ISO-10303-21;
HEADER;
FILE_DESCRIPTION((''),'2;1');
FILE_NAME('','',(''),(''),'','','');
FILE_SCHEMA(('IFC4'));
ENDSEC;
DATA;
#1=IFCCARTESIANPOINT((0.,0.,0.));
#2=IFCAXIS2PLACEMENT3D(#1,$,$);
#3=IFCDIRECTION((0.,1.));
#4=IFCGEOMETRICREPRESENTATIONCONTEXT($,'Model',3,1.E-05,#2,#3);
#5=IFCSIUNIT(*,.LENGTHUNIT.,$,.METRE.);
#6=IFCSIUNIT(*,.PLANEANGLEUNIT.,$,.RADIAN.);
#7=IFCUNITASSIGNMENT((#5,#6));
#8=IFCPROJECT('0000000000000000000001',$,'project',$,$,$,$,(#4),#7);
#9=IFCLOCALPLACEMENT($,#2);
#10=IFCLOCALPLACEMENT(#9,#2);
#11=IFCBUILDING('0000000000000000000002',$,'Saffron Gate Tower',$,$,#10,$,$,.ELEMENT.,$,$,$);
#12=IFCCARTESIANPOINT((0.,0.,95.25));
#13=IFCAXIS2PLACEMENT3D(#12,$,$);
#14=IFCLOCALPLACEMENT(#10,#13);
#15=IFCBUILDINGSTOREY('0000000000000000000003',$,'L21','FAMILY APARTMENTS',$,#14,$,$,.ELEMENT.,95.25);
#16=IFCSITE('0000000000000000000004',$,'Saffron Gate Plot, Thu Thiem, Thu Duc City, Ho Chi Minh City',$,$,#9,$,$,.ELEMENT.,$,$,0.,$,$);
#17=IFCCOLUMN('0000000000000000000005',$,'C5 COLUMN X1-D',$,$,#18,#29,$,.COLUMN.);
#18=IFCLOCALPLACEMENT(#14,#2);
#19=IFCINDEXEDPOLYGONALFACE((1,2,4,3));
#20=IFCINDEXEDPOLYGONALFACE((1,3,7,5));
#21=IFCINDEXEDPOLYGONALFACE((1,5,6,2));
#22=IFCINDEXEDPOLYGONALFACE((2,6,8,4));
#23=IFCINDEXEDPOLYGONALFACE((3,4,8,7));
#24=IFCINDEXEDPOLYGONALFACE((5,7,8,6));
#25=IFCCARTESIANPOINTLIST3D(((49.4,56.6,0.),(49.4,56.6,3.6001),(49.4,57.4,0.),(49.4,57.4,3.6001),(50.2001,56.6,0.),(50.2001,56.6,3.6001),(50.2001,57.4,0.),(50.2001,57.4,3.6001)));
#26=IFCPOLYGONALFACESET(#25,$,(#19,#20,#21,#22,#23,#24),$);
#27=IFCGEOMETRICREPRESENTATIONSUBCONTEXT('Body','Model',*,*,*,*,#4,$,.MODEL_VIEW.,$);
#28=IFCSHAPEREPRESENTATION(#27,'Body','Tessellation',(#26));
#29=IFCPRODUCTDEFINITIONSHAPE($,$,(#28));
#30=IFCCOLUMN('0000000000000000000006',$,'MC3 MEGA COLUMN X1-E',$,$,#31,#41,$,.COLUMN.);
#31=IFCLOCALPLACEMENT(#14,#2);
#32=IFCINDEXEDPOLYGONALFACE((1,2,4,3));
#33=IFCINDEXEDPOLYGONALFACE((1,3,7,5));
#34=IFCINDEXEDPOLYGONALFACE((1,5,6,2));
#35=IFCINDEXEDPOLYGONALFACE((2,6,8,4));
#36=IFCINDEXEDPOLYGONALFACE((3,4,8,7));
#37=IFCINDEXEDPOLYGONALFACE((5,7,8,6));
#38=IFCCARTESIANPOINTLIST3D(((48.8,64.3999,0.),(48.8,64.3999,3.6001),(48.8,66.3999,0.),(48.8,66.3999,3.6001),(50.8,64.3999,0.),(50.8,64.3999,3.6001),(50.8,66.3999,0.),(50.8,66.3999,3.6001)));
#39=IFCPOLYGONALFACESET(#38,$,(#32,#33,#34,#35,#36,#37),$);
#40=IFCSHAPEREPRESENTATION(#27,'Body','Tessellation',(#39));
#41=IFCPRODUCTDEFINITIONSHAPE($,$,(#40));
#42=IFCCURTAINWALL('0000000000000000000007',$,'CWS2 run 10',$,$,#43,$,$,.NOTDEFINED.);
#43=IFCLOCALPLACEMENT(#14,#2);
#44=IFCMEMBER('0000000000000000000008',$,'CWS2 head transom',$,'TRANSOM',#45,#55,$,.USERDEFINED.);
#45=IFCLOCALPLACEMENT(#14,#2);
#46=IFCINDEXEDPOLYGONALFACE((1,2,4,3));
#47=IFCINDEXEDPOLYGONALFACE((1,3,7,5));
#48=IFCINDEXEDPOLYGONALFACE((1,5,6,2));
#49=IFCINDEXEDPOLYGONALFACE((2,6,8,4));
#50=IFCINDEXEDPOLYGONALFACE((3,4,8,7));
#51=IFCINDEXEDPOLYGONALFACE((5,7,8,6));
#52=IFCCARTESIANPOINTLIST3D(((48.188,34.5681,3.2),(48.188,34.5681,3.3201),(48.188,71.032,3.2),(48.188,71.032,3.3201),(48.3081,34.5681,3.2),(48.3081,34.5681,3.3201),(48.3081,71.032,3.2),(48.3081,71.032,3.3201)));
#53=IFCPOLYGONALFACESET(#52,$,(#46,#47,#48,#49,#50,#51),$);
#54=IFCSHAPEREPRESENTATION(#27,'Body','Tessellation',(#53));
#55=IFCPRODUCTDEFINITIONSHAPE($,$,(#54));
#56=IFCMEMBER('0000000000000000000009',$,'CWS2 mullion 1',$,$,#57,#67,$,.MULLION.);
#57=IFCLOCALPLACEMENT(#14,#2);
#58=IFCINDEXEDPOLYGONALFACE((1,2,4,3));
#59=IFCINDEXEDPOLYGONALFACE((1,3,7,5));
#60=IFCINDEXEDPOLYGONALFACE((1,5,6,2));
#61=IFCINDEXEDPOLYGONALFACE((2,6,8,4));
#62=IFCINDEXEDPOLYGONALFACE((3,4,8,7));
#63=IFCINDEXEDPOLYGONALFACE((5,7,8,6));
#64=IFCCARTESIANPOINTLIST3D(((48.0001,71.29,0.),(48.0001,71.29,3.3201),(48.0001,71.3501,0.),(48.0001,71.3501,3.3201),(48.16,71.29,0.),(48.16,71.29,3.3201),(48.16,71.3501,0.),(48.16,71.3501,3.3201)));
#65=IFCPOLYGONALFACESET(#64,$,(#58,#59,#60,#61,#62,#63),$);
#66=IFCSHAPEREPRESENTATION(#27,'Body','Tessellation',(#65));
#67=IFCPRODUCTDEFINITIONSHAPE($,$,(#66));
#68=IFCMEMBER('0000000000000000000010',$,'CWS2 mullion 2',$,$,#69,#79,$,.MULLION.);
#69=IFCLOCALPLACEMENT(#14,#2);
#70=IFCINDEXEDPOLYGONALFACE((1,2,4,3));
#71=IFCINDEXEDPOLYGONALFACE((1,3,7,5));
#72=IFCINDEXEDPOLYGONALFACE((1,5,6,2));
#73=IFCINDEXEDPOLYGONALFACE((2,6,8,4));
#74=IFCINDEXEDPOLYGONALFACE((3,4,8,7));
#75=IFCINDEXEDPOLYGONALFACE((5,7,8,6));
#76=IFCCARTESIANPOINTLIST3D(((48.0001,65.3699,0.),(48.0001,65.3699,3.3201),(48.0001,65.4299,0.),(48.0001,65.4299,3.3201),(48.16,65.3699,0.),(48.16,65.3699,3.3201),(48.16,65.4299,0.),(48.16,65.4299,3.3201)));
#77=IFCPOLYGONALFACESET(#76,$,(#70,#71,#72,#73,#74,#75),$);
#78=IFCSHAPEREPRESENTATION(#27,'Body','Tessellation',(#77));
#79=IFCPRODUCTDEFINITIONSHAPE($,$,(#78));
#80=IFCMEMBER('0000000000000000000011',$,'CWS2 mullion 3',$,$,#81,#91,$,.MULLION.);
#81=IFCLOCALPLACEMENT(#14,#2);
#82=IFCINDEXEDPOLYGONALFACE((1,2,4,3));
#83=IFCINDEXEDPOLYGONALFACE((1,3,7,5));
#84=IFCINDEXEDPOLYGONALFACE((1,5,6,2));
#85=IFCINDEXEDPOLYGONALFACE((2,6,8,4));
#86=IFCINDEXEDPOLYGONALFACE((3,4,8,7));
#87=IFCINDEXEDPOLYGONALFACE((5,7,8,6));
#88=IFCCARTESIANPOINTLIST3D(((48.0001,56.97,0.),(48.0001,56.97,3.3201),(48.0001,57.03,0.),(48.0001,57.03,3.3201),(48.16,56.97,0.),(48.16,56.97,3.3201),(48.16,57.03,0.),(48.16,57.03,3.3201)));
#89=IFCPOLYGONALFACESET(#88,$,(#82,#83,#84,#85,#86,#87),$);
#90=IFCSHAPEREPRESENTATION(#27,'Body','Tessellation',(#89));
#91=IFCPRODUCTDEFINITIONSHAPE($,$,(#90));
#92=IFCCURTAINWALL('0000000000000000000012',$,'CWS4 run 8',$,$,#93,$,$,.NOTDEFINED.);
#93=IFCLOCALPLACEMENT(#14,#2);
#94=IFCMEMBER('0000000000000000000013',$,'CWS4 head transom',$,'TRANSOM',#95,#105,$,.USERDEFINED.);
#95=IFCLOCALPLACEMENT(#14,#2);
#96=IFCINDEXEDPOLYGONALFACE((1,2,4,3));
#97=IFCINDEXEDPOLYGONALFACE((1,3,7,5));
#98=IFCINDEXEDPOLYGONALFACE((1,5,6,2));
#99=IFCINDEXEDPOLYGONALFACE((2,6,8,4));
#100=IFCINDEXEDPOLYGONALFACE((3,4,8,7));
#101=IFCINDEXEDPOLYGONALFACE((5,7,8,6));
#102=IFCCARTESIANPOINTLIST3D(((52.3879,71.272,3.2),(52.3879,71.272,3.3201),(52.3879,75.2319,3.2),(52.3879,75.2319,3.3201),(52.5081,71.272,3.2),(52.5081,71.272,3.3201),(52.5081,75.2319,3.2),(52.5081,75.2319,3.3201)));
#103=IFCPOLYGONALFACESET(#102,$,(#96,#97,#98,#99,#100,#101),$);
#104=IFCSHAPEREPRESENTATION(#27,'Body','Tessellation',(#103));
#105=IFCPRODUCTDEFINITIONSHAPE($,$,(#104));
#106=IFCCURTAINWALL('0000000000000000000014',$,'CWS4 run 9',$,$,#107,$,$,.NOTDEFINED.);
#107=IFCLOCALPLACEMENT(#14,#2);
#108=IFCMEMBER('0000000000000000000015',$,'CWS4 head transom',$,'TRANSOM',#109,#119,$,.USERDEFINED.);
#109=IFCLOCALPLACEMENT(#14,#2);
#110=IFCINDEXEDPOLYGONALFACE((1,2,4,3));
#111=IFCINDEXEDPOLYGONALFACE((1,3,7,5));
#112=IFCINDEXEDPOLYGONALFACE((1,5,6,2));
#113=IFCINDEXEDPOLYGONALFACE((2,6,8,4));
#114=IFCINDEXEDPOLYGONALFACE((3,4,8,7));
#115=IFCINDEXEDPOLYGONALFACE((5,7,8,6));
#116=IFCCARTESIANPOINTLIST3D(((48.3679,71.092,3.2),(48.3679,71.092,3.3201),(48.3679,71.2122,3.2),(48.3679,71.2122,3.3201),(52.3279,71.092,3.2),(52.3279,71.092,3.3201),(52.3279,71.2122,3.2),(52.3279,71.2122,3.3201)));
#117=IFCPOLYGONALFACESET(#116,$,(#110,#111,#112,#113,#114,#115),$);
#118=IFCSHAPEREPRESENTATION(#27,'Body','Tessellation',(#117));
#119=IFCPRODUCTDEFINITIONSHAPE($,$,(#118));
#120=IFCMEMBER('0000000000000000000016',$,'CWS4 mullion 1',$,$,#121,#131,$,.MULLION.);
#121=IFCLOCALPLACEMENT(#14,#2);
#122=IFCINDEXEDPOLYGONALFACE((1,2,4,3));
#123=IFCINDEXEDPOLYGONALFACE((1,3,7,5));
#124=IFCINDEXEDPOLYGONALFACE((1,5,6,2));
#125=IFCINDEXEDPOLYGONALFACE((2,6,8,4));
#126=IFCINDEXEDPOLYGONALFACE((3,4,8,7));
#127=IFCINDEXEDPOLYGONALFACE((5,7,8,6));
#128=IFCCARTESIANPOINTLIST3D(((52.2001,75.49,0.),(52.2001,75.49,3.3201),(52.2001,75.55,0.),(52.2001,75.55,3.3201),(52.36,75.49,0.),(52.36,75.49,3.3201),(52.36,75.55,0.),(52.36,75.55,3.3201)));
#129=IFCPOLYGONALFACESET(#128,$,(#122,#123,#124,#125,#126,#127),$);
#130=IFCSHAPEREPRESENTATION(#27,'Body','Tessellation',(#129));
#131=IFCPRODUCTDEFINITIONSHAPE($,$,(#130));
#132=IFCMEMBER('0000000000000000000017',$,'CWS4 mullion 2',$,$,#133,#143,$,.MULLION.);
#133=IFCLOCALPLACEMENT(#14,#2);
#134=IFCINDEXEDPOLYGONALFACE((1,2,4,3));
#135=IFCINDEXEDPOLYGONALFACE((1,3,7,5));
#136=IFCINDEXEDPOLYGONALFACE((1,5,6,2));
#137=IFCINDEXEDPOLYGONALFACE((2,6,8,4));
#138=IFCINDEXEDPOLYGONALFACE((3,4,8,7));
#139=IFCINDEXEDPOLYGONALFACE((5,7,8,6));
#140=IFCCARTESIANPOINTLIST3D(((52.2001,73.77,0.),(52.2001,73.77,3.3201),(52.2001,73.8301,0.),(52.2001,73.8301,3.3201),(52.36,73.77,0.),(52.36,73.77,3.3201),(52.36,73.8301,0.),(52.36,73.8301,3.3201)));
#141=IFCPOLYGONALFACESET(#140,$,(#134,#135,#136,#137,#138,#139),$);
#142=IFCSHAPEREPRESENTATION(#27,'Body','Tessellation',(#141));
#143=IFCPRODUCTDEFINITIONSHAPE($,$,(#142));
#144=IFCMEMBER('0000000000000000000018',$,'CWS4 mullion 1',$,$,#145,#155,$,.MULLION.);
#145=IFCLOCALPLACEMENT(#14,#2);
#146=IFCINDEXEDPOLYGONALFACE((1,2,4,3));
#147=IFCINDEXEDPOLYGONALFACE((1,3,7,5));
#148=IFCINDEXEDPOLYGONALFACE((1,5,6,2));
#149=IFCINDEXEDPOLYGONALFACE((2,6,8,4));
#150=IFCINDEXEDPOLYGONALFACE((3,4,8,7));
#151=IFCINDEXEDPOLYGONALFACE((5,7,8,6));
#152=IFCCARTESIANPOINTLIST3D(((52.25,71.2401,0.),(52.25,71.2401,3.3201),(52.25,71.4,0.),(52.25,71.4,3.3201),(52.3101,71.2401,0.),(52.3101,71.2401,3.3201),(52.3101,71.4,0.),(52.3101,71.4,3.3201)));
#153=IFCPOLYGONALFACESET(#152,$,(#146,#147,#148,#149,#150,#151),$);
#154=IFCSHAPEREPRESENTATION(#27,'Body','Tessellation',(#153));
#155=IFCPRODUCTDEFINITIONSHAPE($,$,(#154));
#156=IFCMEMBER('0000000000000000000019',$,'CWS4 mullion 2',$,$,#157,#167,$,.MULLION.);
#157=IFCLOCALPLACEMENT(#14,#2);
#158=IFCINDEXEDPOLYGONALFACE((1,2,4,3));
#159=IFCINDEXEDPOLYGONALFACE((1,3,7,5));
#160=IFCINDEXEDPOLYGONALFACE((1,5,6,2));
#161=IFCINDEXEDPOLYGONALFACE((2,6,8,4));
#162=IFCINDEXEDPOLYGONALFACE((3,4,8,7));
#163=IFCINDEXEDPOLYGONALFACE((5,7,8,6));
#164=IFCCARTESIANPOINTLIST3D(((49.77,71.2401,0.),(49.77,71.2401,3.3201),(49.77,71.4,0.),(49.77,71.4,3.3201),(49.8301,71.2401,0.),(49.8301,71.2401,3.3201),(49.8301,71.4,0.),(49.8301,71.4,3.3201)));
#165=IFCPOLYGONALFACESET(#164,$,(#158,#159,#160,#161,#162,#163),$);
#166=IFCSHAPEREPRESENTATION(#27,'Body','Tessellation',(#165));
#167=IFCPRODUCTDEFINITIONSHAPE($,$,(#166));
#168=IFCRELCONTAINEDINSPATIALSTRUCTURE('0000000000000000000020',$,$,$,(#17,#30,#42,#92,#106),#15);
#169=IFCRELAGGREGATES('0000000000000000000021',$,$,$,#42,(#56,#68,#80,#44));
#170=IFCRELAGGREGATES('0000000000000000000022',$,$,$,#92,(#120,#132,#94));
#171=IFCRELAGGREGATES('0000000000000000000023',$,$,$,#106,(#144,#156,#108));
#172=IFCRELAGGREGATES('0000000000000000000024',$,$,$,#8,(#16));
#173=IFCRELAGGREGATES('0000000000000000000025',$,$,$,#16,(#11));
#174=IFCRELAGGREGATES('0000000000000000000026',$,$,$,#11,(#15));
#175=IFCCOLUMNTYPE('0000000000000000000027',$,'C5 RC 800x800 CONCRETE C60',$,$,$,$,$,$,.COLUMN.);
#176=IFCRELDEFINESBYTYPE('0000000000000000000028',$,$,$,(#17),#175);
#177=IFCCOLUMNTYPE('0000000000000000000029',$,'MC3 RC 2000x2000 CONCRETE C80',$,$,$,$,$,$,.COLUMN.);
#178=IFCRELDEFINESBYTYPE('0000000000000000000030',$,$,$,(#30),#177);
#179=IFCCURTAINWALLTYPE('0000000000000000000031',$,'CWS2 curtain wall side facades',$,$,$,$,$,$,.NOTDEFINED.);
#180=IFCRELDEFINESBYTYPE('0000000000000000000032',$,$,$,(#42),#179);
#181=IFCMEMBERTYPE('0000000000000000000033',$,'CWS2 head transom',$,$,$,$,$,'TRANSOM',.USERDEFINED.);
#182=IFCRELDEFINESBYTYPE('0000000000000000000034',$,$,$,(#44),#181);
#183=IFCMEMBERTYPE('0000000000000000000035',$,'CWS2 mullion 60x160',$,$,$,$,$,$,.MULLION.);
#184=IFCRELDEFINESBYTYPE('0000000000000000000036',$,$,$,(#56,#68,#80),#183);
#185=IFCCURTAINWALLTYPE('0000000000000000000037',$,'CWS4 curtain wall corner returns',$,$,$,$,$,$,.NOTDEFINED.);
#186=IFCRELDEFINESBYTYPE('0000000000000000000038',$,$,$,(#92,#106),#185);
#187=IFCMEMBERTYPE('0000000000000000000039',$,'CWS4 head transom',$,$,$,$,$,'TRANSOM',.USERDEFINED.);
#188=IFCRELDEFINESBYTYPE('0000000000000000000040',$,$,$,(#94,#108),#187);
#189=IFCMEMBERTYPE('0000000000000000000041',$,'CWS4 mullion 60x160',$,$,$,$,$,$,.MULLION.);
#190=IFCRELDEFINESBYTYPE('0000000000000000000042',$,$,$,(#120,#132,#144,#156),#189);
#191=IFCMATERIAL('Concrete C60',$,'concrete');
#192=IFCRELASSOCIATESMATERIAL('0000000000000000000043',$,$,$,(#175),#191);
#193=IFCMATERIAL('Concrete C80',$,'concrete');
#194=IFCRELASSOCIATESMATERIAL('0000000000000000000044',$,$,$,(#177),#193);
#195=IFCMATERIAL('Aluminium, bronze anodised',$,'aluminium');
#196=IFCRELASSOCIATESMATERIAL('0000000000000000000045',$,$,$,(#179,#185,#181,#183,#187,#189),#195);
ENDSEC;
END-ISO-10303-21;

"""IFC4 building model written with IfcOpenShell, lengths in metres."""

from ifc_helpers import new_model, si_unit, direction, frame, origin, origin_2d, place, context, subcontext, project, spatial, rectangle, extrude, material, material_profile, profile_set, type_object, element, aggregate, save


model = new_model("IFC4")

# Units and contexts
model_context = context("Model", 3, precision=1e-05, world=origin(), true_north=direction((0.0, 1.0)))
body_context = subcontext(model_context, "Body", "Model", "MODEL_VIEW")
ifc_project = project(units=[si_unit("LENGTHUNIT", "METRE"), si_unit("PLANEANGLEUNIT", "RADIAN")], contexts=[model_context])

# Site, building, storey
site_placement = place(None, origin())
site = spatial("IfcSite", under=ifc_project, at=site_placement, Name="Saffron Gate Plot, Thu Thiem, Thu Duc City, Ho Chi Minh City", CompositionType="ELEMENT", RefElevation=0.0)
building_placement = place(site_placement, origin())
building = spatial("IfcBuilding", under=site, at=building_placement, Name="Saffron Gate Tower", CompositionType="ELEMENT")
storey_placement = place(building_placement, frame((0.0, 0.0, 95.25)))
storey = spatial("IfcBuildingStorey", under=building, at=storey_placement, Name="L21", Description="FAMILY APARTMENTS", CompositionType="ELEMENT", Elevation=95.25)

# Columns
ifc_material_1 = material(Name="Concrete C60", Category="concrete")
ifc_material_profile_1 = material_profile(ifc_material_1, rectangle(XDim=0.8, YDim=0.8, at=origin_2d()))
ifc_profile_set_1 = profile_set([ifc_material_profile_1], Name="Concrete C60")
column_type_1 = type_object("IfcColumnType", Name="C5 RC 800x800 CONCRETE C60", PredefinedType="COLUMN", material=ifc_profile_set_1)
column_1_placement = place(storey_placement, frame((49.8, 57.0, 0.0), z_axis=(0.0, 0.0, 1.0), x_axis=(1.0, 0.0, 0.0)))
element("IfcColumn", 1, at=column_1_placement, inside=storey, type_object=column_type_1, Name="C5 COLUMN X1-D", PredefinedType="COLUMN", context=body_context, shape_type="SweptSolid", body=[
    extrude(rectangle(XDim=0.8, YDim=0.8, at=origin_2d()), origin(), (0.0, 0.0, 1.0), 3.6001),
])
ifc_material_2 = material(Name="Concrete C80", Category="concrete")
ifc_material_profile_2 = material_profile(ifc_material_2, rectangle(XDim=2.0, YDim=2.0, at=origin_2d()))
ifc_profile_set_2 = profile_set([ifc_material_profile_2], Name="Concrete C80")
column_type_2 = type_object("IfcColumnType", Name="MC3 RC 2000x2000 CONCRETE C80", PredefinedType="COLUMN", material=ifc_profile_set_2)
column_2_placement = place(storey_placement, frame((49.8, 65.3999, 0.0), z_axis=(0.0, 0.0, 1.0), x_axis=(1.0, 0.0, 0.0)))
element("IfcColumn", 2, at=column_2_placement, inside=storey, type_object=column_type_2, Name="MC3 MEGA COLUMN X1-E", PredefinedType="COLUMN", context=body_context, shape_type="SweptSolid", body=[
    extrude(rectangle(XDim=2.0, YDim=2.0, at=origin_2d()), origin(), (0.0, 0.0, 1.0), 3.6001),
])

# Curtain wall, members
ifc_material_3 = material(Name="Aluminium, bronze anodised", Category="aluminium")
curtain_wall_type_1 = type_object("IfcCurtainWallType", Name="CWS2 curtain wall side facades", PredefinedType="NOTDEFINED", material=ifc_material_3)
curtain_wall_1_placement = place(storey_placement, origin())
curtain_wall_1 = element("IfcCurtainWall", 3, at=curtain_wall_1_placement, inside=storey, type_object=curtain_wall_type_1, Name="CWS2 run 10", PredefinedType="NOTDEFINED")
ifc_material_profile_3 = material_profile(ifc_material_3, rectangle(XDim=0.1201, YDim=0.1201, at=origin_2d()))
ifc_profile_set_3 = profile_set([ifc_material_profile_3], Name="Aluminium, bronze anodised")
member_type_1 = type_object("IfcMemberType", Name="CWS2 head transom", ElementType="TRANSOM", PredefinedType="USERDEFINED", material=ifc_profile_set_3)
member_1_placement = place(storey_placement, frame((48.248, 71.032, 3.26), z_axis=(0.0, -1.0, 0.0), x_axis=(1.0, 0.0, 0.0)))
member_1 = element("IfcMember", 4, at=member_1_placement, type_object=member_type_1, Name="CWS2 head transom", ObjectType="TRANSOM", PredefinedType="USERDEFINED", context=body_context, shape_type="SweptSolid", body=[
    extrude(rectangle(XDim=0.1201, YDim=0.1201, at=origin_2d()), origin(), (0.0, 0.0, 1.0), 36.4639),
])
ifc_material_profile_4 = material_profile(ifc_material_3, rectangle(XDim=0.1599, YDim=0.0601, at=origin_2d()))
ifc_profile_set_4 = profile_set([ifc_material_profile_4], Name="Aluminium, bronze anodised")
member_type_2 = type_object("IfcMemberType", Name="CWS2 mullion 60x160", PredefinedType="MULLION", material=ifc_profile_set_4)
member_2_placement = place(storey_placement, frame((48.0801, 71.3201, 0.0), z_axis=(0.0, 0.0, 1.0), x_axis=(1.0, 0.0, 0.0)))
member_2 = element("IfcMember", 5, at=member_2_placement, type_object=member_type_2, Name="CWS2 mullion 1", PredefinedType="MULLION", context=body_context, shape_type="SweptSolid", body=[
    extrude(rectangle(XDim=0.1599, YDim=0.0601, at=origin_2d()), origin(), (0.0, 0.0, 1.0), 3.3201),
])
member_3_placement = place(storey_placement, frame((48.0801, 65.3999, 0.0), z_axis=(0.0, 0.0, 1.0), x_axis=(1.0, 0.0, 0.0)))
member_3 = element("IfcMember", 6, at=member_3_placement, type_object=member_type_2, Name="CWS2 mullion 2", PredefinedType="MULLION", context=body_context, shape_type="SweptSolid", body=[
    extrude(rectangle(XDim=0.1599, YDim=0.0601, at=origin_2d()), origin(), (0.0, 0.0, 1.0), 3.3201),
])
member_4_placement = place(storey_placement, frame((48.0801, 57.0, 0.0), z_axis=(0.0, 0.0, 1.0), x_axis=(1.0, 0.0, 0.0)))
member_4 = element("IfcMember", 7, at=member_4_placement, type_object=member_type_2, Name="CWS2 mullion 3", PredefinedType="MULLION", context=body_context, shape_type="SweptSolid", body=[
    extrude(rectangle(XDim=0.1599, YDim=0.0601, at=origin_2d()), origin(), (0.0, 0.0, 1.0), 3.3201),
])

# Curtain walls, members
curtain_wall_type_2 = type_object("IfcCurtainWallType", Name="CWS4 curtain wall corner returns", PredefinedType="NOTDEFINED", material=ifc_material_3)
curtain_wall_2_placement = place(storey_placement, origin())
curtain_wall_2 = element("IfcCurtainWall", 8, at=curtain_wall_2_placement, inside=storey, type_object=curtain_wall_type_2, Name="CWS4 run 8", PredefinedType="NOTDEFINED")
ifc_material_profile_5 = material_profile(ifc_material_3, rectangle(XDim=0.1201, YDim=0.1201, at=origin_2d()))
ifc_profile_set_5 = profile_set([ifc_material_profile_5], Name="Aluminium, bronze anodised")
member_type_3 = type_object("IfcMemberType", Name="CWS4 head transom", ElementType="TRANSOM", PredefinedType="USERDEFINED", material=ifc_profile_set_5)
member_5_placement = place(storey_placement, frame((52.448, 75.2319, 3.26), z_axis=(0.0, -1.0, 0.0), x_axis=(1.0, 0.0, 0.0)))
member_5 = element("IfcMember", 9, at=member_5_placement, type_object=member_type_3, Name="CWS4 head transom", ObjectType="TRANSOM", PredefinedType="USERDEFINED", context=body_context, shape_type="SweptSolid", body=[
    extrude(rectangle(XDim=0.1201, YDim=0.1201, at=origin_2d()), origin(), (0.0, 0.0, 1.0), 3.96),
])
curtain_wall_3_placement = place(storey_placement, origin())
curtain_wall_3 = element("IfcCurtainWall", 10, at=curtain_wall_3_placement, inside=storey, type_object=curtain_wall_type_2, Name="CWS4 run 9", PredefinedType="NOTDEFINED")
member_6_placement = place(storey_placement, frame((52.3279, 71.1521, 3.26), z_axis=(-1.0, 0.0, 0.0), x_axis=(0.0, -1.0, 0.0)))
member_6 = element("IfcMember", 11, at=member_6_placement, type_object=member_type_3, Name="CWS4 head transom", ObjectType="TRANSOM", PredefinedType="USERDEFINED", context=body_context, shape_type="SweptSolid", body=[
    extrude(rectangle(XDim=0.1201, YDim=0.1201, at=origin_2d()), origin(), (0.0, 0.0, 1.0), 3.96),
])

# Members
ifc_material_profile_6 = material_profile(ifc_material_3, rectangle(XDim=0.1599, YDim=0.0601, at=origin_2d()))
ifc_profile_set_6 = profile_set([ifc_material_profile_6], Name="Aluminium, bronze anodised")
member_type_4 = type_object("IfcMemberType", Name="CWS4 mullion 60x160", PredefinedType="MULLION", material=ifc_profile_set_6)
member_7_placement = place(storey_placement, frame((52.28, 75.52, 0.0), z_axis=(0.0, 0.0, 1.0), x_axis=(1.0, 0.0, 0.0)))
member_7 = element("IfcMember", 12, at=member_7_placement, type_object=member_type_4, Name="CWS4 mullion 1", PredefinedType="MULLION", context=body_context, shape_type="SweptSolid", body=[
    extrude(rectangle(XDim=0.1599, YDim=0.0601, at=origin_2d()), origin(), (0.0, 0.0, 1.0), 3.3201),
])
member_8_placement = place(storey_placement, frame((52.28, 73.8, 0.0), z_axis=(0.0, 0.0, 1.0), x_axis=(1.0, 0.0, 0.0)))
member_8 = element("IfcMember", 13, at=member_8_placement, type_object=member_type_4, Name="CWS4 mullion 2", PredefinedType="MULLION", context=body_context, shape_type="SweptSolid", body=[
    extrude(rectangle(XDim=0.1599, YDim=0.0601, at=origin_2d()), origin(), (0.0, 0.0, 1.0), 3.3201),
])
member_9_placement = place(storey_placement, frame((52.28, 71.3201, 0.0), z_axis=(0.0, 0.0, 1.0), x_axis=(0.0, -1.0, 0.0)))
member_9 = element("IfcMember", 14, at=member_9_placement, type_object=member_type_4, Name="CWS4 mullion 1", PredefinedType="MULLION", context=body_context, shape_type="SweptSolid", body=[
    extrude(rectangle(XDim=0.1599, YDim=0.0601, at=origin_2d()), origin(), (0.0, 0.0, 1.0), 3.3201),
])
member_10_placement = place(storey_placement, frame((49.8, 71.3201, 0.0), z_axis=(0.0, 0.0, 1.0), x_axis=(0.0, -1.0, 0.0)))
member_10 = element("IfcMember", 15, at=member_10_placement, type_object=member_type_4, Name="CWS4 mullion 2", PredefinedType="MULLION", context=body_context, shape_type="SweptSolid", body=[
    extrude(rectangle(XDim=0.1599, YDim=0.0601, at=origin_2d()), origin(), (0.0, 0.0, 1.0), 3.3201),
])

aggregate(curtain_wall_1, [member_2, member_3, member_4, member_1])

aggregate(curtain_wall_2, [member_7, member_8, member_5])
aggregate(curtain_wall_3, [member_9, member_10, member_6])

save(model, "model.ifc")
